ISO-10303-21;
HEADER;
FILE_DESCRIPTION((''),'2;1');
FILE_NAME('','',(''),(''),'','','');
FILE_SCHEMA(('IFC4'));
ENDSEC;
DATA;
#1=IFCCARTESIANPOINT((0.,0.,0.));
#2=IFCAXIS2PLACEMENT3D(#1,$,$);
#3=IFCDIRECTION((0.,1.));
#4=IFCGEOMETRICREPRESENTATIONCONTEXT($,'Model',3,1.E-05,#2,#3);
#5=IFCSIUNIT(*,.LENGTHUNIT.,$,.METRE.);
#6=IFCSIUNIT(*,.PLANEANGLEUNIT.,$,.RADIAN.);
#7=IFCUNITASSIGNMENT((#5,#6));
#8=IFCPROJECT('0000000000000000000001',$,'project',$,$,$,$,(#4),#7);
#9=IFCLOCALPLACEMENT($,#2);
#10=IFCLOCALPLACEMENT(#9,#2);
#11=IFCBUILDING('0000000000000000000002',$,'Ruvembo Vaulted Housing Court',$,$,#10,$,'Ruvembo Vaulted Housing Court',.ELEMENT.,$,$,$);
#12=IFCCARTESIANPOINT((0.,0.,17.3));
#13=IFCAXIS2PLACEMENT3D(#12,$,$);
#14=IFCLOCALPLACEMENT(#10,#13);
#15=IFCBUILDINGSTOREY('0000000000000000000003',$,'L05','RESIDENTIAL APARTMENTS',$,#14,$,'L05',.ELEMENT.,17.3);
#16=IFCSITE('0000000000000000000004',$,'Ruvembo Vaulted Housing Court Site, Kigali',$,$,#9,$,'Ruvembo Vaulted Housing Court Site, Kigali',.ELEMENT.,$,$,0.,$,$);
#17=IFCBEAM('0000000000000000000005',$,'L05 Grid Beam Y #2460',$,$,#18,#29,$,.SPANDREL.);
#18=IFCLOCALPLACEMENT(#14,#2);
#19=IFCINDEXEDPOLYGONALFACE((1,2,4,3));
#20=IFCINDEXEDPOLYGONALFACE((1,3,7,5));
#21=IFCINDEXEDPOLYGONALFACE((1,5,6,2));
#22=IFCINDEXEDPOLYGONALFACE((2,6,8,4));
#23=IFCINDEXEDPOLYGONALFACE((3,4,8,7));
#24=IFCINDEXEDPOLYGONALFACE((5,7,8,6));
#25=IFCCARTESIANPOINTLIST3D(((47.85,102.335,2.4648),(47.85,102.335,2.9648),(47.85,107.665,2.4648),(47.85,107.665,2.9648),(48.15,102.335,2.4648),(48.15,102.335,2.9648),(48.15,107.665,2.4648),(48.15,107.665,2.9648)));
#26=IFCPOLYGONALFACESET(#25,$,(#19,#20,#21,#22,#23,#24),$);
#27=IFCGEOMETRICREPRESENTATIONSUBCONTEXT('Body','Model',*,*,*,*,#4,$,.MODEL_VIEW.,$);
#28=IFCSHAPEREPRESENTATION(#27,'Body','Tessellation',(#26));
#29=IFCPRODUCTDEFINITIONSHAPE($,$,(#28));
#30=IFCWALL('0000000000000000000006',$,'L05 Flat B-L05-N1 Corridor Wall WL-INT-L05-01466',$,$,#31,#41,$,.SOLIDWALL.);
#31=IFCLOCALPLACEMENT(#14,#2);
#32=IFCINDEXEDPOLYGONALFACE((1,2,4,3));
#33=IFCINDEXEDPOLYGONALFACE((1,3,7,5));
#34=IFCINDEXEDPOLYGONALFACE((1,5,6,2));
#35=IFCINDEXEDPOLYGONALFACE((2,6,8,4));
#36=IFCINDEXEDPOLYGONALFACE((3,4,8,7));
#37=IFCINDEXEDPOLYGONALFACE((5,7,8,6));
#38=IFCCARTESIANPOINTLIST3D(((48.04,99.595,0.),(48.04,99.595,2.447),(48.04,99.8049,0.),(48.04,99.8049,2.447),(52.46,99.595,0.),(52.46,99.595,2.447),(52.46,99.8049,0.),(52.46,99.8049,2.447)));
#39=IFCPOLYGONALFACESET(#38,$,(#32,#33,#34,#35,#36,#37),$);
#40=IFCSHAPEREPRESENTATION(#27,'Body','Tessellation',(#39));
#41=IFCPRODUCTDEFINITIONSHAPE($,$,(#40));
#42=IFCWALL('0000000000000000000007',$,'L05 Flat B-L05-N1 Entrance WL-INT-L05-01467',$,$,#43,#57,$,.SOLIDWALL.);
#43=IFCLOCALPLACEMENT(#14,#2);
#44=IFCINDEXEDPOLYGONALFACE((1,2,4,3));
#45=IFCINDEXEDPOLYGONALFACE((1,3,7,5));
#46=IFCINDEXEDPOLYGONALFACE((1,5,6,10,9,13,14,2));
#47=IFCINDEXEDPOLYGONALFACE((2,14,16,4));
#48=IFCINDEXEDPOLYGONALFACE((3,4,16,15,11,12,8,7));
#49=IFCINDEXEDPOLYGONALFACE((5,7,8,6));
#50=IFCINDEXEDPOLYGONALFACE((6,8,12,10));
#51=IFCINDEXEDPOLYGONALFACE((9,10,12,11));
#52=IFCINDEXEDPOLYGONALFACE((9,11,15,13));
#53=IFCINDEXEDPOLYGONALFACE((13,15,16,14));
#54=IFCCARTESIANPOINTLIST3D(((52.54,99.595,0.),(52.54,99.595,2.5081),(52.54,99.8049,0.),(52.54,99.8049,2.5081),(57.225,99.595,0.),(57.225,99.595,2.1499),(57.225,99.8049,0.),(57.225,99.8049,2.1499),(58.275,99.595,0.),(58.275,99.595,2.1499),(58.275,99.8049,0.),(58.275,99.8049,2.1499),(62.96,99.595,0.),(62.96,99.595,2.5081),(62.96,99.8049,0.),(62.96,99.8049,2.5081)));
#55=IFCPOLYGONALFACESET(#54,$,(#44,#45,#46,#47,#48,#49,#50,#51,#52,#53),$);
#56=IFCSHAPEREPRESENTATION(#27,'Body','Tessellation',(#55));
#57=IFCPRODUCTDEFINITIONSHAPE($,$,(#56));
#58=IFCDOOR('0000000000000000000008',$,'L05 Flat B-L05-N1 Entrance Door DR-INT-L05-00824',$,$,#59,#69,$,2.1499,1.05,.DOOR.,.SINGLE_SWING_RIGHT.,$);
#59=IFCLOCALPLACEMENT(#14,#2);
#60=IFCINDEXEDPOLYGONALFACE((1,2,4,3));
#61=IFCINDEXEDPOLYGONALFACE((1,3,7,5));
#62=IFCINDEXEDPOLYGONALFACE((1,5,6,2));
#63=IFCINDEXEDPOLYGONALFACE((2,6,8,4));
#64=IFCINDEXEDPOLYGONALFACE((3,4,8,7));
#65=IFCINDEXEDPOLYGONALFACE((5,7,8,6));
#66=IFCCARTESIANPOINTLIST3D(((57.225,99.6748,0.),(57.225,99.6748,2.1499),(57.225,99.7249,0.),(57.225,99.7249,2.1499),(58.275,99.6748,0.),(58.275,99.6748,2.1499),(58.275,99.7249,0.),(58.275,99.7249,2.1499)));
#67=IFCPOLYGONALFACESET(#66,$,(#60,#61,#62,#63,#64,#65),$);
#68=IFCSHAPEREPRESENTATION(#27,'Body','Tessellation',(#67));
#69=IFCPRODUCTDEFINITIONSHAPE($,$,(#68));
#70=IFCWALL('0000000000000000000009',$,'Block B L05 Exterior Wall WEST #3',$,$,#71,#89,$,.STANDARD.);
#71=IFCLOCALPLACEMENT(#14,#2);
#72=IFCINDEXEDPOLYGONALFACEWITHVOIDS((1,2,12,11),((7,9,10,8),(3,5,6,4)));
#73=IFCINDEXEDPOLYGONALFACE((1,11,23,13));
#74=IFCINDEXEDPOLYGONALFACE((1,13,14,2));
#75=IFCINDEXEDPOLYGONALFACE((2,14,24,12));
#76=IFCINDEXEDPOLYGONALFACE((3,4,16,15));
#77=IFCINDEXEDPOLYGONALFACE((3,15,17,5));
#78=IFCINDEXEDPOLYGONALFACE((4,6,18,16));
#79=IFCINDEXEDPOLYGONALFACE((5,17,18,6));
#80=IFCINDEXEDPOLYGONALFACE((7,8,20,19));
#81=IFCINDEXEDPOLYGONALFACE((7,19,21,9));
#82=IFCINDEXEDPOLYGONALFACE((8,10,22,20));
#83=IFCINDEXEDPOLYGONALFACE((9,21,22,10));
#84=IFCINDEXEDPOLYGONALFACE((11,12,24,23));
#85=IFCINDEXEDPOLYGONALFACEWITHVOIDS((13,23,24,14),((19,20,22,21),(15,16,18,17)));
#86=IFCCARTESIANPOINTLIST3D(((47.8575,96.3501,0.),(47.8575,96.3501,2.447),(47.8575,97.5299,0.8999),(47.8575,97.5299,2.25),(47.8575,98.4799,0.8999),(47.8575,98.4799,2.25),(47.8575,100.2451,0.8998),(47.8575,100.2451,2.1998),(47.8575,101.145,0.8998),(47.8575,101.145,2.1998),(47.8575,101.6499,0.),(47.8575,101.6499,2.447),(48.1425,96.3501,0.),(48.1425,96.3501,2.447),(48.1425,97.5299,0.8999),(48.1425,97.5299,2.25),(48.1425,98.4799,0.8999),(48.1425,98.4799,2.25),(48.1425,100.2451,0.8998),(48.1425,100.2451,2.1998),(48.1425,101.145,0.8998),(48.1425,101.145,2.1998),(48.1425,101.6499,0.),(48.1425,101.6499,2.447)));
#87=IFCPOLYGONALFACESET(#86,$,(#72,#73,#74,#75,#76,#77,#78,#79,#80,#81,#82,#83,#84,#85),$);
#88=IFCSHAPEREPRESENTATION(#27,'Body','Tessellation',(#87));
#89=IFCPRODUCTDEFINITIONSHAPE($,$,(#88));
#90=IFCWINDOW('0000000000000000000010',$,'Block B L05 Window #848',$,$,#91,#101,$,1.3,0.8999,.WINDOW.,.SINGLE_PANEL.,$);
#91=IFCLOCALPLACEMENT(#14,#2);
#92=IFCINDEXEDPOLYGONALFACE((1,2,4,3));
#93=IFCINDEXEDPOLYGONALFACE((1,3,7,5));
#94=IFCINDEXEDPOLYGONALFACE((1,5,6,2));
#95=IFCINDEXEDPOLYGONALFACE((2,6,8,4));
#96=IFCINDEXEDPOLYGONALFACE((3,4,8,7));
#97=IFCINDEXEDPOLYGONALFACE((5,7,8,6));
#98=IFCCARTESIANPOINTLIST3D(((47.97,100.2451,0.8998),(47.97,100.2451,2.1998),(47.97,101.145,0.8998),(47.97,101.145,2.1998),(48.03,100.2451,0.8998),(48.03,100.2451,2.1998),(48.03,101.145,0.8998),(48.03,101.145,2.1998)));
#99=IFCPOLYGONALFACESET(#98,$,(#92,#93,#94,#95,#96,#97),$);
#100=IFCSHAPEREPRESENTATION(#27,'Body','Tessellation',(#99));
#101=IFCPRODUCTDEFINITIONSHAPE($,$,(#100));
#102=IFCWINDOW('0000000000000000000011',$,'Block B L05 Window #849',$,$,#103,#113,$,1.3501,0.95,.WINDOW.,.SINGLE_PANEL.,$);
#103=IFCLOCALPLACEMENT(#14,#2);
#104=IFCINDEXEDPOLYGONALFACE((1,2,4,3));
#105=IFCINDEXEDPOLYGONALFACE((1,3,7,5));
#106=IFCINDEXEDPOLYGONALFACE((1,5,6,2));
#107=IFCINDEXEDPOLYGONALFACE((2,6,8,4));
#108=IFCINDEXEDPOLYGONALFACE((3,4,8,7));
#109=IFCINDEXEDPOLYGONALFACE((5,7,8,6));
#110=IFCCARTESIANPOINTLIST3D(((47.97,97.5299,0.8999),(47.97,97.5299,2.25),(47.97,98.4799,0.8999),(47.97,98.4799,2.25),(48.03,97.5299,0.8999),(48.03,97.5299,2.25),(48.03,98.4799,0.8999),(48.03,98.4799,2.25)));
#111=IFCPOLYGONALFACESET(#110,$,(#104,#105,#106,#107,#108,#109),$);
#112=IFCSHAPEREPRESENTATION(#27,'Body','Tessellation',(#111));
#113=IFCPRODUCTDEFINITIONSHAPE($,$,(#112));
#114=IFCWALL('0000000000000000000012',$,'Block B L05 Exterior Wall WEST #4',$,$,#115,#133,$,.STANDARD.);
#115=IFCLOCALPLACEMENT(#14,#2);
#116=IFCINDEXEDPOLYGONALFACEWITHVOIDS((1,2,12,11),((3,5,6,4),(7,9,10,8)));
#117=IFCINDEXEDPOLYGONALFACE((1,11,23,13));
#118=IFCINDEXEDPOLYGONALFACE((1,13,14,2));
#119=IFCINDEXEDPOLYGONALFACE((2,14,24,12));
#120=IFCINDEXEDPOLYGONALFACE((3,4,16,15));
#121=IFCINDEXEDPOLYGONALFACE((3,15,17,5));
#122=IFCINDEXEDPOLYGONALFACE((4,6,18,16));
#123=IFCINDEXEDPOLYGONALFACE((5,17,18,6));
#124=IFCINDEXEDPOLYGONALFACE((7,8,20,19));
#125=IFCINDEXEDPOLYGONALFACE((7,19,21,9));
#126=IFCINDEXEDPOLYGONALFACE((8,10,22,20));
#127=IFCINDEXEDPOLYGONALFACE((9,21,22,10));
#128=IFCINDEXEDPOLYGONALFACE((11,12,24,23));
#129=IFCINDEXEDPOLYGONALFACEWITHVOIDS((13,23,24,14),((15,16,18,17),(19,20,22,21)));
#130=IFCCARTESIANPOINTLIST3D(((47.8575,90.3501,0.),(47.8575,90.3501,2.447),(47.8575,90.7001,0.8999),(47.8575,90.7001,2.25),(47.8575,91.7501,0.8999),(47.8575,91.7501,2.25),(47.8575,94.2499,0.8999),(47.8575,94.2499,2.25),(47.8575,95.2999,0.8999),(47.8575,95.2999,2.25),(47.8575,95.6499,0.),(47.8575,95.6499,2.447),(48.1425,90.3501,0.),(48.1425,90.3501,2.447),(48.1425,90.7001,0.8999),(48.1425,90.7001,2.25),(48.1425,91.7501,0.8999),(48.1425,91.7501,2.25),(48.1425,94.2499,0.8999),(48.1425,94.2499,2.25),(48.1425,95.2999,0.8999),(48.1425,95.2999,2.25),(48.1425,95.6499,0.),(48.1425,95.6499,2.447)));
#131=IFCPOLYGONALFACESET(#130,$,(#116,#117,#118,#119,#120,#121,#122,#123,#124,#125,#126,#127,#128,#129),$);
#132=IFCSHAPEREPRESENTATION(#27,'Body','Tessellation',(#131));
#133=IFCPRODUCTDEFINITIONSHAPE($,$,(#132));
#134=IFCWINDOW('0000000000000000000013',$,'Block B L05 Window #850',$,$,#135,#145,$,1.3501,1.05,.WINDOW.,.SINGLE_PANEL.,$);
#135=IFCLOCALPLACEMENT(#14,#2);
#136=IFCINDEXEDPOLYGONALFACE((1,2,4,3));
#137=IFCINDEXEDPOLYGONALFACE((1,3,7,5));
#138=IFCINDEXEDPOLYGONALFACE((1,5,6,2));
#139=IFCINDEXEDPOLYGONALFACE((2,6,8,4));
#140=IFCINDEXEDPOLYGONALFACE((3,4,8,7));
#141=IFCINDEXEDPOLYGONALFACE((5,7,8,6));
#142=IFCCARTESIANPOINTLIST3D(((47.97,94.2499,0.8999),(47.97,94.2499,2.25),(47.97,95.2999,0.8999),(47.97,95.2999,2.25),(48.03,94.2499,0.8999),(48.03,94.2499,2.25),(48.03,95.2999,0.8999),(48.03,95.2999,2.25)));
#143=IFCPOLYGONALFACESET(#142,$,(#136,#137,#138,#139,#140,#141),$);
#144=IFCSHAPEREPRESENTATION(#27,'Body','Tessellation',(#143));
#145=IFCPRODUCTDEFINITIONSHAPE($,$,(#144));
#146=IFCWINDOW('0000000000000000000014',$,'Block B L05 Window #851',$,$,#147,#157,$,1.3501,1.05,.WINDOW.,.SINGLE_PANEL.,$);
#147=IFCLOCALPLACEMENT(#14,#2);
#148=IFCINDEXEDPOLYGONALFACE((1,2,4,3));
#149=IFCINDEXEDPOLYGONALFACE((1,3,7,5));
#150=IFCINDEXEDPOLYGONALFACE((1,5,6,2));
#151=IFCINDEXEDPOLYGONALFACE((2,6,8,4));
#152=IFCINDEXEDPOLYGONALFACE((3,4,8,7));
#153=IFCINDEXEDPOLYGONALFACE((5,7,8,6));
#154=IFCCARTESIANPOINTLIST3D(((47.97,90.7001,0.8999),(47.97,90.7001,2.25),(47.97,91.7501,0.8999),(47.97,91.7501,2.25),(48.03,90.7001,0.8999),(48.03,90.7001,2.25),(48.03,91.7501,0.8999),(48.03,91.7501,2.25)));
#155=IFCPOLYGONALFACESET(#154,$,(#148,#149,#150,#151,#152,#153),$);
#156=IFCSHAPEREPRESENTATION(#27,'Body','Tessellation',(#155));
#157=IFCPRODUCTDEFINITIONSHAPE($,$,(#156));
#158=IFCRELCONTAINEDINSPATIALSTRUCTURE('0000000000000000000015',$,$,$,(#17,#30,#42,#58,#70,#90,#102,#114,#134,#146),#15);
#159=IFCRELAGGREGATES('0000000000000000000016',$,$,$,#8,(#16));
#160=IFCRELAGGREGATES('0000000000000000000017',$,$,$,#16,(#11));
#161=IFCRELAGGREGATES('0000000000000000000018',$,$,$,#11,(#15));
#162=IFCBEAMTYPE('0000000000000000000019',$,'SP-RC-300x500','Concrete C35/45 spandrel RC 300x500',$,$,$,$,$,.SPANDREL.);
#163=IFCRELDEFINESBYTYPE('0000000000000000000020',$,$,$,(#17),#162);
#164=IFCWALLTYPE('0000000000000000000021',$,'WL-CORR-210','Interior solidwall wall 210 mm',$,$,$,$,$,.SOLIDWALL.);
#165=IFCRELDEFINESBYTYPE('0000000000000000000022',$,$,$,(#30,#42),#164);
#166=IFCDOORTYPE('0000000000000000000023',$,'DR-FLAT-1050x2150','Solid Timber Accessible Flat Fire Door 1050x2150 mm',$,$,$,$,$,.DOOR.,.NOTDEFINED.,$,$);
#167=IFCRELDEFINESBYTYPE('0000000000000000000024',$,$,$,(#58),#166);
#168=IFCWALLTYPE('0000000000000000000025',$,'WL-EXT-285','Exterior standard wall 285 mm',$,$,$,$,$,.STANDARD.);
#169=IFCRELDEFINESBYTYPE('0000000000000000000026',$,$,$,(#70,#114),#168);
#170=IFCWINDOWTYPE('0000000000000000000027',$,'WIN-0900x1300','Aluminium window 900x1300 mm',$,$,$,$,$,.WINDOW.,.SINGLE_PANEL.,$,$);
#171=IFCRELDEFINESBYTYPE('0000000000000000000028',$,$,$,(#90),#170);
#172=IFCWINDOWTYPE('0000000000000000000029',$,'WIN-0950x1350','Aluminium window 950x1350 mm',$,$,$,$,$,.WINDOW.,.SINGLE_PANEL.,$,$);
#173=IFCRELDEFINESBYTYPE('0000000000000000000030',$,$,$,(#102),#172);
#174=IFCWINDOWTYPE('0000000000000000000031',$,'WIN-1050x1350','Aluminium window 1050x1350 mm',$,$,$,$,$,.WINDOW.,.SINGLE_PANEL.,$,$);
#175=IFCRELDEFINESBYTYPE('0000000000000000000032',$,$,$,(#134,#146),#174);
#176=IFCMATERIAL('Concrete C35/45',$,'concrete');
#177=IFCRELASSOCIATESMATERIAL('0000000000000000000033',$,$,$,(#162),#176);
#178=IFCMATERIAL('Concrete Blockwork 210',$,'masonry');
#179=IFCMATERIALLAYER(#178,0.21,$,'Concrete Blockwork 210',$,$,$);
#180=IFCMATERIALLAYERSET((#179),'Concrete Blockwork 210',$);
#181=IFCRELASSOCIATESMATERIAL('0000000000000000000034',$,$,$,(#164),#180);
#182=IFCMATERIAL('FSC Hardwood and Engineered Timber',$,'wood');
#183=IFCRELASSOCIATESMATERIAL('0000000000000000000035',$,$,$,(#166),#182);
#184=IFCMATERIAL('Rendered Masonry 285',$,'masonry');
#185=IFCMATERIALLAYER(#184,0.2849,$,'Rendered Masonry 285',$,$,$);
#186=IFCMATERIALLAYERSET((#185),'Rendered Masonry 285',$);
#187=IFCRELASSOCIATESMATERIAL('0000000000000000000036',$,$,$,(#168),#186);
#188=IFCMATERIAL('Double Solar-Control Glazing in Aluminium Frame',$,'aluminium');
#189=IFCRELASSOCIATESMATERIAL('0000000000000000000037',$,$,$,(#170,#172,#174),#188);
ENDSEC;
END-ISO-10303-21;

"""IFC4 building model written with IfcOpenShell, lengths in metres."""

from ifc_helpers import new_model, si_unit, direction, frame, frame_2d, origin, origin_2d, place, context, subcontext, project, spatial, rectangle, extrude, material, layer, layer_set, material_profile, profile_set, type_object, element, fill, save


model = new_model("IFC4")

# Units and contexts
model_context = context("Model", 3, precision=1e-05, world=origin(), true_north=direction((0.0, 1.0)))
body_context = subcontext(model_context, "Body", "Model", "MODEL_VIEW")
ifc_project = project(units=[si_unit("LENGTHUNIT", "METRE"), si_unit("PLANEANGLEUNIT", "RADIAN")], contexts=[model_context])

# Site, building, storey
site_placement = place(None, origin())
site = spatial("IfcSite", under=ifc_project, at=site_placement, Name="Ruvembo Vaulted Housing Court Site, Kigali", LongName="Ruvembo Vaulted Housing Court Site, Kigali", CompositionType="ELEMENT", RefElevation=0.0)
building_placement = place(site_placement, origin())
building = spatial("IfcBuilding", under=site, at=building_placement, Name="Ruvembo Vaulted Housing Court", LongName="Ruvembo Vaulted Housing Court", CompositionType="ELEMENT")
storey_placement = place(building_placement, frame((0.0, 0.0, 17.3)))
storey = spatial("IfcBuildingStorey", under=building, at=storey_placement, Name="L05", Description="RESIDENTIAL APARTMENTS", LongName="L05", CompositionType="ELEMENT", Elevation=17.3)

# Shared definitions
ifc_material_1 = material(Name="Concrete C35/45", Category="concrete")

# Beam
ifc_material_profile_1 = material_profile(ifc_material_1, rectangle(XDim=0.3, YDim=0.5, at=origin_2d()), Name="RC 300x500")
ifc_profile_set_1 = profile_set([ifc_material_profile_1], Name="Concrete C35/45")
beam_type_1 = type_object("IfcBeamType", Name="SP-RC-300x500", Description="Concrete C35/45 spandrel RC 300x500", PredefinedType="SPANDREL", material=ifc_profile_set_1)
for number, where, z_axis, x_axis, name in (
    (1, (48.0, 102.335, 2.7148), (0.0, 1.0, 0.0), (-1.0, 0.0, 0.0), "L05 Grid Beam Y #2460"),
):
    element("IfcBeam", number, at=place(storey_placement, frame(where, z_axis=z_axis, x_axis=x_axis)), inside=storey, type_object=beam_type_1, Name=name, PredefinedType="SPANDREL", context=body_context, shape_type="SweptSolid", body=[
        extrude(rectangle(XDim=0.3, YDim=0.5, at=origin_2d()), origin(), (0.0, 0.0, 1.0), 5.3301),
    ])

# Wall
ifc_material_2 = material(Name="Concrete Blockwork 210", Category="masonry")
ifc_layer_1 = layer(ifc_material_2, 0.21, Name="Concrete Blockwork 210")
ifc_layer_set_1 = layer_set([ifc_layer_1], Name="Concrete Blockwork 210")
wall_type_1 = type_object("IfcWallType", Name="WL-CORR-210", Description="Interior solidwall wall 210 mm", PredefinedType="SOLIDWALL", material=ifc_layer_set_1)
wall_1_placement = place(storey_placement, frame((48.04, 99.7, 0.0), z_axis=(0.0, 0.0, 1.0), x_axis=(1.0, 0.0, 0.0)))
element("IfcWall", 2, at=wall_1_placement, inside=storey, type_object=wall_type_1, Name="L05 Flat B-L05-N1 Corridor Wall WL-INT-L05-01466", PredefinedType="SOLIDWALL", context=body_context, shape_type="SweptSolid", body=[
    extrude(rectangle(XDim=4.4199, YDim=0.21, at=frame_2d((2.21, 0.0))), origin(), (0.0, 0.0, 1.0), 2.447),
])

# Wall, opening, door
wall_2_placement = place(storey_placement, frame((52.54, 99.7, 0.0), z_axis=(0.0, 0.0, 1.0), x_axis=(1.0, 0.0, 0.0)))
wall_2 = element("IfcWall", 3, at=wall_2_placement, inside=storey, type_object=wall_type_1, Name="L05 Flat B-L05-N1 Entrance WL-INT-L05-01467", PredefinedType="SOLIDWALL", context=body_context, shape_type="SweptSolid", body=[
    extrude(rectangle(XDim=10.4199, YDim=0.21, at=frame_2d((5.21, 0.0))), origin(), (0.0, 0.0, 1.0), 2.5081),
])
opening_1_placement = place(wall_2_placement, frame((4.6851, 0.0, 0.0)))
opening_1 = element("IfcOpeningElement", 4, at=opening_1_placement, cuts=wall_2, PredefinedType="OPENING", context=body_context, shape_type="SweptSolid", body=[
    extrude(rectangle(XDim=1.05, YDim=2.1499, at=frame_2d((0.5249, 1.075))), frame((0.0, 0.115, 0.0), z_axis=(0.0, -1.0, 0.0), x_axis=(1.0, 0.0, 0.0)), (0.0, 0.0, 1.0), 0.23),
])
ifc_material_3 = material(Name="FSC Hardwood and Engineered Timber", Category="wood")
door_type_1 = type_object("IfcDoorType", Name="DR-FLAT-1050x2150", Description="Solid Timber Accessible Flat Fire Door 1050x2150 mm", OperationType="NOTDEFINED", PredefinedType="DOOR", material=ifc_material_3)
door_1_placement = place(opening_1_placement, origin())
door_1 = element("IfcDoor", 5, at=door_1_placement, inside=storey, type_object=door_type_1, Name="L05 Flat B-L05-N1 Entrance Door DR-INT-L05-00824", OperationType="SINGLE_SWING_RIGHT", OverallHeight=2.1499, OverallWidth=1.05, PredefinedType="DOOR", context=body_context, shape_type="SweptSolid", body=[
    extrude(rectangle(XDim=1.05, YDim=2.1499, at=frame_2d((0.5249, 1.075))), frame((0.0, 0.0249, 0.0), z_axis=(0.0, -1.0, 0.0), x_axis=(1.0, 0.0, 0.0)), (0.0, 0.0, 1.0), 0.05),
])
fill(opening_1, door_1)

# Walls, openings, windows
ifc_material_4 = material(Name="Rendered Masonry 285", Category="masonry")
ifc_layer_2 = layer(ifc_material_4, 0.2849, Name="Rendered Masonry 285")
ifc_layer_set_2 = layer_set([ifc_layer_2], Name="Rendered Masonry 285")
wall_type_2 = type_object("IfcWallType", Name="WL-EXT-285", Description="Exterior standard wall 285 mm", PredefinedType="STANDARD", material=ifc_layer_set_2)
wall_3_placement = place(storey_placement, frame((48.0, 101.6499, 0.0), z_axis=(0.0, 0.0, 1.0), x_axis=(0.0, -1.0, 0.0)))
wall_3 = element("IfcWall", 6, at=wall_3_placement, inside=storey, type_object=wall_type_2, Name="Block B L05 Exterior Wall WEST #3", PredefinedType="STANDARD", context=body_context, shape_type="SweptSolid", body=[
    extrude(rectangle(XDim=5.2998, YDim=0.2849, at=frame_2d((2.6499, 0.0))), origin(), (0.0, 0.0, 1.0), 2.447),
])
opening_2_placement = place(wall_3_placement, frame((0.5049, 0.0, 0.8999)))
opening_2 = element("IfcOpeningElement", 7, at=opening_2_placement, cuts=wall_3, PredefinedType="OPENING", context=body_context, shape_type="SweptSolid", body=[
    extrude(rectangle(XDim=0.8999, YDim=1.3, at=frame_2d((0.45, 0.6499))), frame((0.0, 0.1523, 0.0), z_axis=(0.0, -1.0, 0.0), x_axis=(1.0, 0.0, 0.0)), (0.0, 0.0, 1.0), 0.3049),
])
opening_3_placement = place(wall_3_placement, frame((3.1699, 0.0, 0.8999)))
opening_3 = element("IfcOpeningElement", 8, at=opening_3_placement, cuts=wall_3, PredefinedType="OPENING", context=body_context, shape_type="SweptSolid", body=[
    extrude(rectangle(XDim=0.95, YDim=1.3501, at=frame_2d((0.4751, 0.675))), frame((0.0, 0.1523, 0.0), z_axis=(0.0, -1.0, 0.0), x_axis=(1.0, 0.0, 0.0)), (0.0, 0.0, 1.0), 0.3049),
])
ifc_material_5 = material(Name="Double Solar-Control Glazing in Aluminium Frame", Category="aluminium")
window_type_1 = type_object("IfcWindowType", Name="WIN-0900x1300", Description="Aluminium window 900x1300 mm", PartitioningType="SINGLE_PANEL", PredefinedType="WINDOW", material=ifc_material_5)
window_1_placement = place(opening_2_placement, origin())
window_1 = element("IfcWindow", 9, at=window_1_placement, inside=storey, type_object=window_type_1, Name="Block B L05 Window #848", OverallHeight=1.3, OverallWidth=0.8999, PartitioningType="SINGLE_PANEL", PredefinedType="WINDOW", context=body_context, shape_type="SweptSolid", body=[
    extrude(rectangle(XDim=0.8999, YDim=1.3, at=frame_2d((0.45, 0.6499))), frame((0.0, 0.03, 0.0), z_axis=(0.0, -1.0, 0.0), x_axis=(1.0, 0.0, 0.0)), (0.0, 0.0, 1.0), 0.0601),
])
fill(opening_2, window_1)
window_type_2 = type_object("IfcWindowType", Name="WIN-0950x1350", Description="Aluminium window 950x1350 mm", PartitioningType="SINGLE_PANEL", PredefinedType="WINDOW", material=ifc_material_5)
window_2_placement = place(opening_3_placement, origin())
window_2 = element("IfcWindow", 10, at=window_2_placement, inside=storey, type_object=window_type_2, Name="Block B L05 Window #849", OverallHeight=1.3501, OverallWidth=0.95, PartitioningType="SINGLE_PANEL", PredefinedType="WINDOW", context=body_context, shape_type="SweptSolid", body=[
    extrude(rectangle(XDim=0.95, YDim=1.3501, at=frame_2d((0.4751, 0.675))), frame((0.0, 0.03, 0.0), z_axis=(0.0, -1.0, 0.0), x_axis=(1.0, 0.0, 0.0)), (0.0, 0.0, 1.0), 0.0601),
])
fill(opening_3, window_2)
wall_4_placement = place(storey_placement, frame((48.0, 95.6499, 0.0), z_axis=(0.0, 0.0, 1.0), x_axis=(0.0, -1.0, 0.0)))
wall_4 = element("IfcWall", 11, at=wall_4_placement, inside=storey, type_object=wall_type_2, Name="Block B L05 Exterior Wall WEST #4", PredefinedType="STANDARD", context=body_context, shape_type="SweptSolid", body=[
    extrude(rectangle(XDim=5.2998, YDim=0.2849, at=frame_2d((2.6499, 0.0))), origin(), (0.0, 0.0, 1.0), 2.447),
])
opening_4_placement = place(wall_4_placement, frame((0.3501, 0.0, 0.8999)))
opening_4 = element("IfcOpeningElement", 12, at=opening_4_placement, cuts=wall_4, PredefinedType="OPENING", context=body_context, shape_type="SweptSolid", body=[
    extrude(rectangle(XDim=1.05, YDim=1.3501, at=frame_2d((0.5249, 0.675))), frame((0.0, 0.1523, 0.0), z_axis=(0.0, -1.0, 0.0), x_axis=(1.0, 0.0, 0.0)), (0.0, 0.0, 1.0), 0.3049),
])
opening_5_placement = place(wall_4_placement, frame((3.8999, 0.0, 0.8999)))
opening_5 = element("IfcOpeningElement", 13, at=opening_5_placement, cuts=wall_4, PredefinedType="OPENING", context=body_context, shape_type="SweptSolid", body=[
    extrude(rectangle(XDim=1.05, YDim=1.3501, at=frame_2d((0.5249, 0.675))), frame((0.0, 0.1523, 0.0), z_axis=(0.0, -1.0, 0.0), x_axis=(1.0, 0.0, 0.0)), (0.0, 0.0, 1.0), 0.3049),
])
window_type_3 = type_object("IfcWindowType", Name="WIN-1050x1350", Description="Aluminium window 1050x1350 mm", PartitioningType="SINGLE_PANEL", PredefinedType="WINDOW", material=ifc_material_5)
window_3_placement = place(opening_4_placement, origin())
window_3 = element("IfcWindow", 14, at=window_3_placement, inside=storey, type_object=window_type_3, Name="Block B L05 Window #850", OverallHeight=1.3501, OverallWidth=1.05, PartitioningType="SINGLE_PANEL", PredefinedType="WINDOW", context=body_context, shape_type="SweptSolid", body=[
    extrude(rectangle(XDim=1.05, YDim=1.3501, at=frame_2d((0.5249, 0.675))), frame((0.0, 0.03, 0.0), z_axis=(0.0, -1.0, 0.0), x_axis=(1.0, 0.0, 0.0)), (0.0, 0.0, 1.0), 0.0601),
])
fill(opening_4, window_3)
window_4_placement = place(opening_5_placement, origin())
window_4 = element("IfcWindow", 15, at=window_4_placement, inside=storey, type_object=window_type_3, Name="Block B L05 Window #851", OverallHeight=1.3501, OverallWidth=1.05, PartitioningType="SINGLE_PANEL", PredefinedType="WINDOW", context=body_context, shape_type="SweptSolid", body=[
    extrude(rectangle(XDim=1.05, YDim=1.3501, at=frame_2d((0.5249, 0.675))), frame((0.0, 0.03, 0.0), z_axis=(0.0, -1.0, 0.0), x_axis=(1.0, 0.0, 0.0)), (0.0, 0.0, 1.0), 0.0601),
])
fill(opening_5, window_4)

save(model, "model.ifc")
